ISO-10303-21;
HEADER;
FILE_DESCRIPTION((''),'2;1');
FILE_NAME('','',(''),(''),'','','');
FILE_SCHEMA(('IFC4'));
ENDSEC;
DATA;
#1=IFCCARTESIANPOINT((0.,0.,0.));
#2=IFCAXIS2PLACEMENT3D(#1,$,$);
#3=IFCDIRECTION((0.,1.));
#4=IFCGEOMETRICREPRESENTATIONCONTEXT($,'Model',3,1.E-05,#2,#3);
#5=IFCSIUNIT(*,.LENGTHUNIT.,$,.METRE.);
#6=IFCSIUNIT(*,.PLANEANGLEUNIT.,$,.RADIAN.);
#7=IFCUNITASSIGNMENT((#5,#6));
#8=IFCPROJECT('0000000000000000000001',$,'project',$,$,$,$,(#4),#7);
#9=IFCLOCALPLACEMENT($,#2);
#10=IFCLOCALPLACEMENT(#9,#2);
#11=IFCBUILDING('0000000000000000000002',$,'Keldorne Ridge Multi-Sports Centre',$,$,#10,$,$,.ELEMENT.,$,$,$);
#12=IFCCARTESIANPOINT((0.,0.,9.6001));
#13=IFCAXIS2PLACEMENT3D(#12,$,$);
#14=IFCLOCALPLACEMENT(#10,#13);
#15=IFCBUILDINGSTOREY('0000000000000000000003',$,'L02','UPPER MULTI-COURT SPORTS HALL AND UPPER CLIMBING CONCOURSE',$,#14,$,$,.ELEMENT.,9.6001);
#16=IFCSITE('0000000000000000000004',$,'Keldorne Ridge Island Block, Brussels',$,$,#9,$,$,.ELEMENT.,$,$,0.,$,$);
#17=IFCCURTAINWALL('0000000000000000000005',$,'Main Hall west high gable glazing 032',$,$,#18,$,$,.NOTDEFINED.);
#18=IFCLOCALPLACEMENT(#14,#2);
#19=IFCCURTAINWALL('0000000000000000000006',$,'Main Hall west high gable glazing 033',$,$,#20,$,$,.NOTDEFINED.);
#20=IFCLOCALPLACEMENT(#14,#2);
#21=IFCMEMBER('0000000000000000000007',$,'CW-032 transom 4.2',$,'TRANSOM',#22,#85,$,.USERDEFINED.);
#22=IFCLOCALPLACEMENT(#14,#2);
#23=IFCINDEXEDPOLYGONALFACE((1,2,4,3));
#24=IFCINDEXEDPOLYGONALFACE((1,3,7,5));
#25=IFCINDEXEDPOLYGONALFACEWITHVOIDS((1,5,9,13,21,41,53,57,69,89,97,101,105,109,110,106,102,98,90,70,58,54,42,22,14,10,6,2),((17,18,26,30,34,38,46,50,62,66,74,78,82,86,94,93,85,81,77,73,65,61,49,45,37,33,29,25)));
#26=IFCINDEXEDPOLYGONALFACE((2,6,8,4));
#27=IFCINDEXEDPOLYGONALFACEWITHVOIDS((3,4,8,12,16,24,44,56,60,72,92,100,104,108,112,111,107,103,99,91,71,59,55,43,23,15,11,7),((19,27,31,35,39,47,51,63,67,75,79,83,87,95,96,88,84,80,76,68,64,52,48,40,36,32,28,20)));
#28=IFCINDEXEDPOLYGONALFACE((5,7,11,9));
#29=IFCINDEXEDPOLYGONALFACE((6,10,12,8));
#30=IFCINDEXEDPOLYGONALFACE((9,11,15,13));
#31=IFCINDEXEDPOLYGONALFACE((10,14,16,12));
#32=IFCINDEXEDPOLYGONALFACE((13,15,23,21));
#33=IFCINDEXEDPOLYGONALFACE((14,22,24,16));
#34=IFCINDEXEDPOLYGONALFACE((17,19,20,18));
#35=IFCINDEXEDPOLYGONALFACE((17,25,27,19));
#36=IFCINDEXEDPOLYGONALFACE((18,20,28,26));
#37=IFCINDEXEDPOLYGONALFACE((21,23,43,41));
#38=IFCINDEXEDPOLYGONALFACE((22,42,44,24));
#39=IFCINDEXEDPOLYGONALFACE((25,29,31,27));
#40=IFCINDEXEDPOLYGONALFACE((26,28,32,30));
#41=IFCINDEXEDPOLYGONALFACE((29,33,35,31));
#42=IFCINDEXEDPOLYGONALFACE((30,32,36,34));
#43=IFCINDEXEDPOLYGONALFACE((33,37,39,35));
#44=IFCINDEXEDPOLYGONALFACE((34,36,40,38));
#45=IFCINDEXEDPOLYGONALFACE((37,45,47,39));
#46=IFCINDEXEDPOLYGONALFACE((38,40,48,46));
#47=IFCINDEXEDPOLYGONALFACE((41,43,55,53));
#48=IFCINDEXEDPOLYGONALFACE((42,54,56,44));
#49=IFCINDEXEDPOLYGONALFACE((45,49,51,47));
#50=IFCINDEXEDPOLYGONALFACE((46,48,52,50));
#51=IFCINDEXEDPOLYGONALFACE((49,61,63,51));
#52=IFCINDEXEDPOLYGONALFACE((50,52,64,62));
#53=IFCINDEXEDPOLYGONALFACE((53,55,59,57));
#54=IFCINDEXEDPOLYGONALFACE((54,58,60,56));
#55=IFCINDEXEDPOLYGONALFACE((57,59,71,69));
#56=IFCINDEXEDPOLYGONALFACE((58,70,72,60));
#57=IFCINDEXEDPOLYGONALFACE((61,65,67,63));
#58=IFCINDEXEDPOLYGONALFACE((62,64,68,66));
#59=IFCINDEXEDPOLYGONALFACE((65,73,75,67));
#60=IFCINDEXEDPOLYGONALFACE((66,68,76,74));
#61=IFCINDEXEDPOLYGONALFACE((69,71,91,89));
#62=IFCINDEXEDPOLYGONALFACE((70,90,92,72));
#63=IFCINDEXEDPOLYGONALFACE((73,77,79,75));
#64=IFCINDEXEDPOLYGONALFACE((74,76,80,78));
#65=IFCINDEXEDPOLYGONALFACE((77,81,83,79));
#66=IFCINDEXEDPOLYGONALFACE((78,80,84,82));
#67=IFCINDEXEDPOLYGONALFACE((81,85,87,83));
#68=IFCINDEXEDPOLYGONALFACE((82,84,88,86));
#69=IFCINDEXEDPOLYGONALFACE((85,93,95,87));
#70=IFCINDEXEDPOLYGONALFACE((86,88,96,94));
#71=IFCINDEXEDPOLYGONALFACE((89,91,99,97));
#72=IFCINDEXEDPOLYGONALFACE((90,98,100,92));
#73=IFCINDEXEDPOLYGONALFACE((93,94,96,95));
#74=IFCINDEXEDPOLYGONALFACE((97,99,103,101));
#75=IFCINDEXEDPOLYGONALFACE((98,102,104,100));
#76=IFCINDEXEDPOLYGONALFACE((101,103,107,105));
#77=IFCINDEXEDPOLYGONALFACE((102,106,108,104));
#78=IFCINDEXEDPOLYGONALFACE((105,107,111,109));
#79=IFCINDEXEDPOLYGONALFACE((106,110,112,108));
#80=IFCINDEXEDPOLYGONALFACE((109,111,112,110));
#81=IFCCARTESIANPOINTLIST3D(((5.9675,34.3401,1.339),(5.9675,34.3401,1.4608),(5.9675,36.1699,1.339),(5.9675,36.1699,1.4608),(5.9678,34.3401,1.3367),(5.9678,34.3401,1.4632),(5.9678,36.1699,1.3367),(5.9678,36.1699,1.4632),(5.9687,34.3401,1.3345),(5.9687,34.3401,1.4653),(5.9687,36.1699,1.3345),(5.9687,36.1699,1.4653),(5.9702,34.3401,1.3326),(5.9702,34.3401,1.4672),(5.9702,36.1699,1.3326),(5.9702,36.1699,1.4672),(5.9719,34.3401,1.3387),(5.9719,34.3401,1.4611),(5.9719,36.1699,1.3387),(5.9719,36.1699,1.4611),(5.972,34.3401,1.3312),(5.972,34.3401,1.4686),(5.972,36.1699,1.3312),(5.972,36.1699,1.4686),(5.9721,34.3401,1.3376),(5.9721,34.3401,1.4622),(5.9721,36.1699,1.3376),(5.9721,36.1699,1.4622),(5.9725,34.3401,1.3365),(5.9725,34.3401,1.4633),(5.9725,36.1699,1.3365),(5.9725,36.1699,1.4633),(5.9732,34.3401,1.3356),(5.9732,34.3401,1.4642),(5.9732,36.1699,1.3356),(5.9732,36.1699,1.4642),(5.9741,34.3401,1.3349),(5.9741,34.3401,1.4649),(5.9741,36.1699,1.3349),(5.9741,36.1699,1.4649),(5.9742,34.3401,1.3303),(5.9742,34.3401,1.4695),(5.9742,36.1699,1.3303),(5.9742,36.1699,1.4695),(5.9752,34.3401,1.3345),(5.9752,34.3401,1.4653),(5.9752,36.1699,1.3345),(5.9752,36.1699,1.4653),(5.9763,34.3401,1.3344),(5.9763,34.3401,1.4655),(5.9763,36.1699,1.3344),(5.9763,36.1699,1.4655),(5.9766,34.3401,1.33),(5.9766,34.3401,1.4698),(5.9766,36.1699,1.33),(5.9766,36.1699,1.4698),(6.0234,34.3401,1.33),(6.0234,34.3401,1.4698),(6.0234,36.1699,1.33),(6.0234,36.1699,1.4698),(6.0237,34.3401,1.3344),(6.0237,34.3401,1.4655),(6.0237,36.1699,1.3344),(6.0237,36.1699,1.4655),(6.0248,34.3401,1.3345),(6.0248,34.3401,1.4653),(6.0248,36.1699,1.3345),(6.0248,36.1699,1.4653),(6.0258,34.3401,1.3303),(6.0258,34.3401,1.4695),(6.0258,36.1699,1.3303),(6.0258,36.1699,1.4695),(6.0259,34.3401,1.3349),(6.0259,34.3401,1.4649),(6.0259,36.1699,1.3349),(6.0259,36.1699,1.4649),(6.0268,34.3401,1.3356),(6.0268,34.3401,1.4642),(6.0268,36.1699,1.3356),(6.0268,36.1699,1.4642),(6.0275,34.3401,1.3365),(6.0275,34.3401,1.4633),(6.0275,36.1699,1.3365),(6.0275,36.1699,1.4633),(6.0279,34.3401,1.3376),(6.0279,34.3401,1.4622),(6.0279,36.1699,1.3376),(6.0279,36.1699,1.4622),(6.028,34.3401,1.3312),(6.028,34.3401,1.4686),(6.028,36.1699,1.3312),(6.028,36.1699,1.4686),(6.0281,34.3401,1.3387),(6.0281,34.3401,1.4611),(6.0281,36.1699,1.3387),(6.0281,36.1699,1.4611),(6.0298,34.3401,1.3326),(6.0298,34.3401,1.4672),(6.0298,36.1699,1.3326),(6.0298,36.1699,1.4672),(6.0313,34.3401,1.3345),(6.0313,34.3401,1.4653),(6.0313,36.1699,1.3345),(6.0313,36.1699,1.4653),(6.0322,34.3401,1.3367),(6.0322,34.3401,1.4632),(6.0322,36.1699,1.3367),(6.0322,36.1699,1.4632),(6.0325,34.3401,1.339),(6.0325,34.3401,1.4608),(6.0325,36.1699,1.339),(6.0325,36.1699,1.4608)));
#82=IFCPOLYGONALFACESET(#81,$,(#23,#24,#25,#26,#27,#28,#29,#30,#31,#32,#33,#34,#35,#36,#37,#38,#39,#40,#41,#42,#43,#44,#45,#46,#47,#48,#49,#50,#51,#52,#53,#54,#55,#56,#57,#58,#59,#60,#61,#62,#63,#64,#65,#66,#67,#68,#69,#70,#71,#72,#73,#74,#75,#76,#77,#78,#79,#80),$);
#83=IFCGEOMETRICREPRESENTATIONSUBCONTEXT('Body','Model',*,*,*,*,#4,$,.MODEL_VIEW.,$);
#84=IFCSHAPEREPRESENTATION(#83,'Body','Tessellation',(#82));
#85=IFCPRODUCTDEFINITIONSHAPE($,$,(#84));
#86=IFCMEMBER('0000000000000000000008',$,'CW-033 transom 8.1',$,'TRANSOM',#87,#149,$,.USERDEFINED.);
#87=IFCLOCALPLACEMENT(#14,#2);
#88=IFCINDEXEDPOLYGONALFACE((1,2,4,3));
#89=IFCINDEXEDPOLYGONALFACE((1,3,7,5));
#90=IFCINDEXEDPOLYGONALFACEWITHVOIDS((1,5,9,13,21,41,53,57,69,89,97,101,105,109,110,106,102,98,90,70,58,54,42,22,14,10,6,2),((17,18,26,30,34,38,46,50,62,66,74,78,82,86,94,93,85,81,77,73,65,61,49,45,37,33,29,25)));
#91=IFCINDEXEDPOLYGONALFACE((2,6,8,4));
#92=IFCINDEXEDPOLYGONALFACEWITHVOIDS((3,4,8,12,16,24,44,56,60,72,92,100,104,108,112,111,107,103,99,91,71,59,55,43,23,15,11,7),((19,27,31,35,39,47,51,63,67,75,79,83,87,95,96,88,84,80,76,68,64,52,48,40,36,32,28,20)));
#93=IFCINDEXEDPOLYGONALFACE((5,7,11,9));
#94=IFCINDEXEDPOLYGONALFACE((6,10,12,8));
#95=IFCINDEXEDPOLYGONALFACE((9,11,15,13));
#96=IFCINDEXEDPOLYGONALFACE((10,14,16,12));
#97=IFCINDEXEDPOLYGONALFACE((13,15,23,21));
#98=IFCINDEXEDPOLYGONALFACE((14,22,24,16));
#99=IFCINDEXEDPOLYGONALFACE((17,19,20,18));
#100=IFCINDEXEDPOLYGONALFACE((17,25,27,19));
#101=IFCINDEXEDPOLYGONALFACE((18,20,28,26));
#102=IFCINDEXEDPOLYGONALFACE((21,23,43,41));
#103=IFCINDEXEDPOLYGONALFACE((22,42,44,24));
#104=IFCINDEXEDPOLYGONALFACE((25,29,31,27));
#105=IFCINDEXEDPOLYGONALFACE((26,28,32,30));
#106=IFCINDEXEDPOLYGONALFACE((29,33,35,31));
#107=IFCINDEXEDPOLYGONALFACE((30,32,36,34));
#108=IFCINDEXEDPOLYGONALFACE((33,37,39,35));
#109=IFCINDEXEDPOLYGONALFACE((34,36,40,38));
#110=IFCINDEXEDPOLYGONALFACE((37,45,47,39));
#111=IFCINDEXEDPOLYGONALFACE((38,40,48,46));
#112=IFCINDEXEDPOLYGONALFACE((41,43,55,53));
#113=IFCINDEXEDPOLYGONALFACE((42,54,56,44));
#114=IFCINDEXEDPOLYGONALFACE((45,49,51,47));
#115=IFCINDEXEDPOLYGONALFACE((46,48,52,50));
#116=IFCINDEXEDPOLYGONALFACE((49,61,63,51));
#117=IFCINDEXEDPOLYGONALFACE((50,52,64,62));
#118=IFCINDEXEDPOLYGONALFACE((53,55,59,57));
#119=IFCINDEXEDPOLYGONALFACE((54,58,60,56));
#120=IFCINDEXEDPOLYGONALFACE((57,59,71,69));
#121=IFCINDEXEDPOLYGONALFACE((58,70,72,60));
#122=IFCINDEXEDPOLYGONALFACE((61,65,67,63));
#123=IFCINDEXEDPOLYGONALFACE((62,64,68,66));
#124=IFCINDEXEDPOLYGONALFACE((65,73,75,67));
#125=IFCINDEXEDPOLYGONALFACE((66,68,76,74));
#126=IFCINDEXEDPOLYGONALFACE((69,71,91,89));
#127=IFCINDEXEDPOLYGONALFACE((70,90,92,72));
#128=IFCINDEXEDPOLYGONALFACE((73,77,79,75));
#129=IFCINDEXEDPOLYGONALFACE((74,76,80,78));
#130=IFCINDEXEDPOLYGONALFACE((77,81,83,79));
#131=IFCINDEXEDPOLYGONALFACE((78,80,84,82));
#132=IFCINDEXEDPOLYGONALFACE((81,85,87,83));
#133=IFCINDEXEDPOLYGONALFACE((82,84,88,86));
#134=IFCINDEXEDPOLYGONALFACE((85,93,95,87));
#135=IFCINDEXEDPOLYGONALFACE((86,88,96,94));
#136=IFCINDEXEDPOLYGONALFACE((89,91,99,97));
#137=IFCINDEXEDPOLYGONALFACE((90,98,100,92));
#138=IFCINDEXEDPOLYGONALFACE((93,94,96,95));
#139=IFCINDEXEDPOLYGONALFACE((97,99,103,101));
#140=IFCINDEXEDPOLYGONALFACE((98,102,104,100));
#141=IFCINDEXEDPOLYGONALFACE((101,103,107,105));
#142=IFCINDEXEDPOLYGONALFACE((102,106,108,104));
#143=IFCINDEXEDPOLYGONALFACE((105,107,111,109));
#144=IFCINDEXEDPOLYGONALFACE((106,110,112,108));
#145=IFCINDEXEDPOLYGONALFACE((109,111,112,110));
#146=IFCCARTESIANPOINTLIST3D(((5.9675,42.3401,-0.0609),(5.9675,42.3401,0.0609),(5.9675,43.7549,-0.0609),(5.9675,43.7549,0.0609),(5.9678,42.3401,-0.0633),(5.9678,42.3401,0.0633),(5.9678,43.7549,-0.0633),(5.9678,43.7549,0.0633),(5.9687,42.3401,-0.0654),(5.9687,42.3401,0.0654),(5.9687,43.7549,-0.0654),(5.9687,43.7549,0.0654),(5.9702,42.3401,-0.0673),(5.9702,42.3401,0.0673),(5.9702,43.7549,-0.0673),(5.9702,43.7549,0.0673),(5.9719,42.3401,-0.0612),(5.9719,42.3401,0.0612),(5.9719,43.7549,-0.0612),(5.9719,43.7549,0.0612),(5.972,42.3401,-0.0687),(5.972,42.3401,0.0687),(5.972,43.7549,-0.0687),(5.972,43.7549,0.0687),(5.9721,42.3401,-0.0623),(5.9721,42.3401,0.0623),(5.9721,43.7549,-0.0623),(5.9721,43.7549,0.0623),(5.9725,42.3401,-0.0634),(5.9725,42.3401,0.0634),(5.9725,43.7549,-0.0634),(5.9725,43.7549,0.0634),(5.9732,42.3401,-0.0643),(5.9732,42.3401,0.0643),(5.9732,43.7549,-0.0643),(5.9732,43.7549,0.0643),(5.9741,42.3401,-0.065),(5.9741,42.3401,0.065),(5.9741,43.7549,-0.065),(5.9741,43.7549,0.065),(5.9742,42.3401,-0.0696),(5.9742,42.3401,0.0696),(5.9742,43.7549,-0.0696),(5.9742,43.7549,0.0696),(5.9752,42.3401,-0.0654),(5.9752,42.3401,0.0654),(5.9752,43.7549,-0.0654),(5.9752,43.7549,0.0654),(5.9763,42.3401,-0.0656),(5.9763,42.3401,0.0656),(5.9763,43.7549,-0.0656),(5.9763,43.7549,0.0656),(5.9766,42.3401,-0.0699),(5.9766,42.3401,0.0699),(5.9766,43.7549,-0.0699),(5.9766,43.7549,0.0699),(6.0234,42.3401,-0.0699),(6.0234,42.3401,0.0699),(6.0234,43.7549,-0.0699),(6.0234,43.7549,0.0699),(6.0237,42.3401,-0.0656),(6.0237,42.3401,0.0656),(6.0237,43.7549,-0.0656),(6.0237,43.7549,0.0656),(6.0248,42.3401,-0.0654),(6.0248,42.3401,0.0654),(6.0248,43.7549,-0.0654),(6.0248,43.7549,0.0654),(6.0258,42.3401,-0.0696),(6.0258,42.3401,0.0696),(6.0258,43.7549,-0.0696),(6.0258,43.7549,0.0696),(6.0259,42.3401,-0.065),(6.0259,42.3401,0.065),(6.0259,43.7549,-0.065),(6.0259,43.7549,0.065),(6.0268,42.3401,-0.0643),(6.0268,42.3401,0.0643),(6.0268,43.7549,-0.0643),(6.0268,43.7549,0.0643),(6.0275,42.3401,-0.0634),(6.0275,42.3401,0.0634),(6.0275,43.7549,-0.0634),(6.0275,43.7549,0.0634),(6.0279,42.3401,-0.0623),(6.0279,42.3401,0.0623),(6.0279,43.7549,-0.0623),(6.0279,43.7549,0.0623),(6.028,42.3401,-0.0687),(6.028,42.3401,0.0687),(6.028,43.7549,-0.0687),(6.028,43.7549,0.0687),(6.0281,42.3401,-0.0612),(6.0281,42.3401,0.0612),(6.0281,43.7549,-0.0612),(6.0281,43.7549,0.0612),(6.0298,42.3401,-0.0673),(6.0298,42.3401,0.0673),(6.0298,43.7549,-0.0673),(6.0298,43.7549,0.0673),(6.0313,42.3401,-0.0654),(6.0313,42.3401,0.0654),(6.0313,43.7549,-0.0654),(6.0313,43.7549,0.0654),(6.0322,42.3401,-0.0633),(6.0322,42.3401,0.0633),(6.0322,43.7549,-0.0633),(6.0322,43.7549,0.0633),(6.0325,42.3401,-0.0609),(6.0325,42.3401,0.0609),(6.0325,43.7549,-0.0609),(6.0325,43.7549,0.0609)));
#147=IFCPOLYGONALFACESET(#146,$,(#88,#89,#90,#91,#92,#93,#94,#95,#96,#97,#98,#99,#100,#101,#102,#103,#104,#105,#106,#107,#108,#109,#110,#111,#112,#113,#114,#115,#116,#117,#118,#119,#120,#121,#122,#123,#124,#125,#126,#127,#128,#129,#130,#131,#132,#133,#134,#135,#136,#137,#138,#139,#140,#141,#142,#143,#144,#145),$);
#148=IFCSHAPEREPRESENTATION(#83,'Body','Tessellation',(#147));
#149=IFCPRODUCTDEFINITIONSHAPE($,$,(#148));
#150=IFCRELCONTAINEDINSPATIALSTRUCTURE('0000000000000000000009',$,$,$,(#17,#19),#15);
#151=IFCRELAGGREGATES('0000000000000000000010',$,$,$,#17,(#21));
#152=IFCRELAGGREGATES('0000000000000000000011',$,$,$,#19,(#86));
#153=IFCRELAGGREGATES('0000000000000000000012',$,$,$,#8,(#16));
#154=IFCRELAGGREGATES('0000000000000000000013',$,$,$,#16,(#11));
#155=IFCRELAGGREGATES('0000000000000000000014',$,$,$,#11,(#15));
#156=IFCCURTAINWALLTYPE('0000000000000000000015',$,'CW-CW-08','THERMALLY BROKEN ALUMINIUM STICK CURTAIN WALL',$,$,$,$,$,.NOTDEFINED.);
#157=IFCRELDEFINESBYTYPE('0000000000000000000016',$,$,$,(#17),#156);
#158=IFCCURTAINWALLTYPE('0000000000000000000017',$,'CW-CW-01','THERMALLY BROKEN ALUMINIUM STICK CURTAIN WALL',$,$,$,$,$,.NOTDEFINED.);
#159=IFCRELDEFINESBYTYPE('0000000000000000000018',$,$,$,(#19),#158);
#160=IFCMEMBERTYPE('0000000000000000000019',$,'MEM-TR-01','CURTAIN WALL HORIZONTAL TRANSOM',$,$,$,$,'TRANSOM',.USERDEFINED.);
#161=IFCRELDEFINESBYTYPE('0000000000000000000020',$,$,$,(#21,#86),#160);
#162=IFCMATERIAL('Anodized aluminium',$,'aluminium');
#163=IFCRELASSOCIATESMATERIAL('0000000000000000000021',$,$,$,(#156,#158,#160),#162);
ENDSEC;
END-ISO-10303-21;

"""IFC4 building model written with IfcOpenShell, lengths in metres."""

from ifc_helpers import new_model, si_unit, direction, frame, origin, origin_2d, place, context, subcontext, project, spatial, hollow_rectangle, extrude, material, material_profile, profile_set, type_object, element, aggregate, save


model = new_model("IFC4")

# Units and contexts
model_context = context("Model", 3, precision=1e-05, world=origin(), true_north=direction((0.0, 1.0)))
body_context = subcontext(model_context, "Body", "Model", "MODEL_VIEW")
ifc_project = project(units=[si_unit("LENGTHUNIT", "METRE"), si_unit("PLANEANGLEUNIT", "RADIAN")], contexts=[model_context])

# Site, building, storey
site_placement = place(None, origin())
site = spatial("IfcSite", under=ifc_project, at=site_placement, Name="Keldorne Ridge Island Block, Brussels", CompositionType="ELEMENT", RefElevation=0.0)
building_placement = place(site_placement, origin())
building = spatial("IfcBuilding", under=site, at=building_placement, Name="Keldorne Ridge Multi-Sports Centre", CompositionType="ELEMENT")
storey_placement = place(building_placement, frame((0.0, 0.0, 9.6001)))
storey = spatial("IfcBuildingStorey", under=building, at=storey_placement, Name="L02", Description="UPPER MULTI-COURT SPORTS HALL AND UPPER CLIMBING CONCOURSE", CompositionType="ELEMENT", Elevation=9.6001)

# Curtain walls
ifc_material_1 = material(Name="Anodized aluminium", Category="aluminium")
curtain_wall_type_1 = type_object("IfcCurtainWallType", Name="CW-CW-08", Description="THERMALLY BROKEN ALUMINIUM STICK CURTAIN WALL", PredefinedType="NOTDEFINED", material=ifc_material_1)
curtain_wall_1_placement = place(storey_placement, origin())
curtain_wall_1 = element("IfcCurtainWall", 1, at=curtain_wall_1_placement, inside=storey, type_object=curtain_wall_type_1, Name="Main Hall west high gable glazing 032", PredefinedType="NOTDEFINED")
curtain_wall_type_2 = type_object("IfcCurtainWallType", Name="CW-CW-01", Description="THERMALLY BROKEN ALUMINIUM STICK CURTAIN WALL", PredefinedType="NOTDEFINED", material=ifc_material_1)
curtain_wall_2_placement = place(storey_placement, origin())
curtain_wall_2 = element("IfcCurtainWall", 2, at=curtain_wall_2_placement, inside=storey, type_object=curtain_wall_type_2, Name="Main Hall west high gable glazing 033", PredefinedType="NOTDEFINED")

# Members
ifc_material_profile_1 = material_profile(ifc_material_1, hollow_rectangle(XDim=0.0649, YDim=0.1399, WallThickness=0.0044, InnerFilletRadius=0.0044, OuterFilletRadius=0.009, at=origin_2d()), Name="ALU TRANSOM 140x65x4.5")
ifc_profile_set_1 = profile_set([ifc_material_profile_1], Name="Anodized aluminium")
member_type_1 = type_object("IfcMemberType", Name="MEM-TR-01", Description="CURTAIN WALL HORIZONTAL TRANSOM", ElementType="TRANSOM", PredefinedType="USERDEFINED", material=ifc_profile_set_1)
member_1_placement = place(storey_placement, frame((6.0, 36.1699, 1.3999), z_axis=(0.0, -1.0, 0.0), x_axis=(1.0, 0.0, 0.0)))
member_1 = element("IfcMember", 3, at=member_1_placement, type_object=member_type_1, Name="CW-032 transom 4.2", ObjectType="TRANSOM", PredefinedType="USERDEFINED", context=body_context, shape_type="SweptSolid", body=[
    extrude(hollow_rectangle(XDim=0.0649, YDim=0.1399, WallThickness=0.0044, InnerFilletRadius=0.0044, OuterFilletRadius=0.009, at=origin_2d()), origin(), (0.0, 0.0, 1.0), 1.8298),
])
member_2_placement = place(storey_placement, frame((6.0, 43.7549, 0.0), z_axis=(0.0, -1.0, 0.0), x_axis=(1.0, 0.0, 0.0)))
member_2 = element("IfcMember", 4, at=member_2_placement, type_object=member_type_1, Name="CW-033 transom 8.1", ObjectType="TRANSOM", PredefinedType="USERDEFINED", context=body_context, shape_type="SweptSolid", body=[
    extrude(hollow_rectangle(XDim=0.0649, YDim=0.1399, WallThickness=0.0044, InnerFilletRadius=0.0044, OuterFilletRadius=0.009, at=origin_2d()), origin(), (0.0, 0.0, 1.0), 1.4148),
])

aggregate(curtain_wall_1, [member_1])
aggregate(curtain_wall_2, [member_2])

save(model, "model.ifc")
